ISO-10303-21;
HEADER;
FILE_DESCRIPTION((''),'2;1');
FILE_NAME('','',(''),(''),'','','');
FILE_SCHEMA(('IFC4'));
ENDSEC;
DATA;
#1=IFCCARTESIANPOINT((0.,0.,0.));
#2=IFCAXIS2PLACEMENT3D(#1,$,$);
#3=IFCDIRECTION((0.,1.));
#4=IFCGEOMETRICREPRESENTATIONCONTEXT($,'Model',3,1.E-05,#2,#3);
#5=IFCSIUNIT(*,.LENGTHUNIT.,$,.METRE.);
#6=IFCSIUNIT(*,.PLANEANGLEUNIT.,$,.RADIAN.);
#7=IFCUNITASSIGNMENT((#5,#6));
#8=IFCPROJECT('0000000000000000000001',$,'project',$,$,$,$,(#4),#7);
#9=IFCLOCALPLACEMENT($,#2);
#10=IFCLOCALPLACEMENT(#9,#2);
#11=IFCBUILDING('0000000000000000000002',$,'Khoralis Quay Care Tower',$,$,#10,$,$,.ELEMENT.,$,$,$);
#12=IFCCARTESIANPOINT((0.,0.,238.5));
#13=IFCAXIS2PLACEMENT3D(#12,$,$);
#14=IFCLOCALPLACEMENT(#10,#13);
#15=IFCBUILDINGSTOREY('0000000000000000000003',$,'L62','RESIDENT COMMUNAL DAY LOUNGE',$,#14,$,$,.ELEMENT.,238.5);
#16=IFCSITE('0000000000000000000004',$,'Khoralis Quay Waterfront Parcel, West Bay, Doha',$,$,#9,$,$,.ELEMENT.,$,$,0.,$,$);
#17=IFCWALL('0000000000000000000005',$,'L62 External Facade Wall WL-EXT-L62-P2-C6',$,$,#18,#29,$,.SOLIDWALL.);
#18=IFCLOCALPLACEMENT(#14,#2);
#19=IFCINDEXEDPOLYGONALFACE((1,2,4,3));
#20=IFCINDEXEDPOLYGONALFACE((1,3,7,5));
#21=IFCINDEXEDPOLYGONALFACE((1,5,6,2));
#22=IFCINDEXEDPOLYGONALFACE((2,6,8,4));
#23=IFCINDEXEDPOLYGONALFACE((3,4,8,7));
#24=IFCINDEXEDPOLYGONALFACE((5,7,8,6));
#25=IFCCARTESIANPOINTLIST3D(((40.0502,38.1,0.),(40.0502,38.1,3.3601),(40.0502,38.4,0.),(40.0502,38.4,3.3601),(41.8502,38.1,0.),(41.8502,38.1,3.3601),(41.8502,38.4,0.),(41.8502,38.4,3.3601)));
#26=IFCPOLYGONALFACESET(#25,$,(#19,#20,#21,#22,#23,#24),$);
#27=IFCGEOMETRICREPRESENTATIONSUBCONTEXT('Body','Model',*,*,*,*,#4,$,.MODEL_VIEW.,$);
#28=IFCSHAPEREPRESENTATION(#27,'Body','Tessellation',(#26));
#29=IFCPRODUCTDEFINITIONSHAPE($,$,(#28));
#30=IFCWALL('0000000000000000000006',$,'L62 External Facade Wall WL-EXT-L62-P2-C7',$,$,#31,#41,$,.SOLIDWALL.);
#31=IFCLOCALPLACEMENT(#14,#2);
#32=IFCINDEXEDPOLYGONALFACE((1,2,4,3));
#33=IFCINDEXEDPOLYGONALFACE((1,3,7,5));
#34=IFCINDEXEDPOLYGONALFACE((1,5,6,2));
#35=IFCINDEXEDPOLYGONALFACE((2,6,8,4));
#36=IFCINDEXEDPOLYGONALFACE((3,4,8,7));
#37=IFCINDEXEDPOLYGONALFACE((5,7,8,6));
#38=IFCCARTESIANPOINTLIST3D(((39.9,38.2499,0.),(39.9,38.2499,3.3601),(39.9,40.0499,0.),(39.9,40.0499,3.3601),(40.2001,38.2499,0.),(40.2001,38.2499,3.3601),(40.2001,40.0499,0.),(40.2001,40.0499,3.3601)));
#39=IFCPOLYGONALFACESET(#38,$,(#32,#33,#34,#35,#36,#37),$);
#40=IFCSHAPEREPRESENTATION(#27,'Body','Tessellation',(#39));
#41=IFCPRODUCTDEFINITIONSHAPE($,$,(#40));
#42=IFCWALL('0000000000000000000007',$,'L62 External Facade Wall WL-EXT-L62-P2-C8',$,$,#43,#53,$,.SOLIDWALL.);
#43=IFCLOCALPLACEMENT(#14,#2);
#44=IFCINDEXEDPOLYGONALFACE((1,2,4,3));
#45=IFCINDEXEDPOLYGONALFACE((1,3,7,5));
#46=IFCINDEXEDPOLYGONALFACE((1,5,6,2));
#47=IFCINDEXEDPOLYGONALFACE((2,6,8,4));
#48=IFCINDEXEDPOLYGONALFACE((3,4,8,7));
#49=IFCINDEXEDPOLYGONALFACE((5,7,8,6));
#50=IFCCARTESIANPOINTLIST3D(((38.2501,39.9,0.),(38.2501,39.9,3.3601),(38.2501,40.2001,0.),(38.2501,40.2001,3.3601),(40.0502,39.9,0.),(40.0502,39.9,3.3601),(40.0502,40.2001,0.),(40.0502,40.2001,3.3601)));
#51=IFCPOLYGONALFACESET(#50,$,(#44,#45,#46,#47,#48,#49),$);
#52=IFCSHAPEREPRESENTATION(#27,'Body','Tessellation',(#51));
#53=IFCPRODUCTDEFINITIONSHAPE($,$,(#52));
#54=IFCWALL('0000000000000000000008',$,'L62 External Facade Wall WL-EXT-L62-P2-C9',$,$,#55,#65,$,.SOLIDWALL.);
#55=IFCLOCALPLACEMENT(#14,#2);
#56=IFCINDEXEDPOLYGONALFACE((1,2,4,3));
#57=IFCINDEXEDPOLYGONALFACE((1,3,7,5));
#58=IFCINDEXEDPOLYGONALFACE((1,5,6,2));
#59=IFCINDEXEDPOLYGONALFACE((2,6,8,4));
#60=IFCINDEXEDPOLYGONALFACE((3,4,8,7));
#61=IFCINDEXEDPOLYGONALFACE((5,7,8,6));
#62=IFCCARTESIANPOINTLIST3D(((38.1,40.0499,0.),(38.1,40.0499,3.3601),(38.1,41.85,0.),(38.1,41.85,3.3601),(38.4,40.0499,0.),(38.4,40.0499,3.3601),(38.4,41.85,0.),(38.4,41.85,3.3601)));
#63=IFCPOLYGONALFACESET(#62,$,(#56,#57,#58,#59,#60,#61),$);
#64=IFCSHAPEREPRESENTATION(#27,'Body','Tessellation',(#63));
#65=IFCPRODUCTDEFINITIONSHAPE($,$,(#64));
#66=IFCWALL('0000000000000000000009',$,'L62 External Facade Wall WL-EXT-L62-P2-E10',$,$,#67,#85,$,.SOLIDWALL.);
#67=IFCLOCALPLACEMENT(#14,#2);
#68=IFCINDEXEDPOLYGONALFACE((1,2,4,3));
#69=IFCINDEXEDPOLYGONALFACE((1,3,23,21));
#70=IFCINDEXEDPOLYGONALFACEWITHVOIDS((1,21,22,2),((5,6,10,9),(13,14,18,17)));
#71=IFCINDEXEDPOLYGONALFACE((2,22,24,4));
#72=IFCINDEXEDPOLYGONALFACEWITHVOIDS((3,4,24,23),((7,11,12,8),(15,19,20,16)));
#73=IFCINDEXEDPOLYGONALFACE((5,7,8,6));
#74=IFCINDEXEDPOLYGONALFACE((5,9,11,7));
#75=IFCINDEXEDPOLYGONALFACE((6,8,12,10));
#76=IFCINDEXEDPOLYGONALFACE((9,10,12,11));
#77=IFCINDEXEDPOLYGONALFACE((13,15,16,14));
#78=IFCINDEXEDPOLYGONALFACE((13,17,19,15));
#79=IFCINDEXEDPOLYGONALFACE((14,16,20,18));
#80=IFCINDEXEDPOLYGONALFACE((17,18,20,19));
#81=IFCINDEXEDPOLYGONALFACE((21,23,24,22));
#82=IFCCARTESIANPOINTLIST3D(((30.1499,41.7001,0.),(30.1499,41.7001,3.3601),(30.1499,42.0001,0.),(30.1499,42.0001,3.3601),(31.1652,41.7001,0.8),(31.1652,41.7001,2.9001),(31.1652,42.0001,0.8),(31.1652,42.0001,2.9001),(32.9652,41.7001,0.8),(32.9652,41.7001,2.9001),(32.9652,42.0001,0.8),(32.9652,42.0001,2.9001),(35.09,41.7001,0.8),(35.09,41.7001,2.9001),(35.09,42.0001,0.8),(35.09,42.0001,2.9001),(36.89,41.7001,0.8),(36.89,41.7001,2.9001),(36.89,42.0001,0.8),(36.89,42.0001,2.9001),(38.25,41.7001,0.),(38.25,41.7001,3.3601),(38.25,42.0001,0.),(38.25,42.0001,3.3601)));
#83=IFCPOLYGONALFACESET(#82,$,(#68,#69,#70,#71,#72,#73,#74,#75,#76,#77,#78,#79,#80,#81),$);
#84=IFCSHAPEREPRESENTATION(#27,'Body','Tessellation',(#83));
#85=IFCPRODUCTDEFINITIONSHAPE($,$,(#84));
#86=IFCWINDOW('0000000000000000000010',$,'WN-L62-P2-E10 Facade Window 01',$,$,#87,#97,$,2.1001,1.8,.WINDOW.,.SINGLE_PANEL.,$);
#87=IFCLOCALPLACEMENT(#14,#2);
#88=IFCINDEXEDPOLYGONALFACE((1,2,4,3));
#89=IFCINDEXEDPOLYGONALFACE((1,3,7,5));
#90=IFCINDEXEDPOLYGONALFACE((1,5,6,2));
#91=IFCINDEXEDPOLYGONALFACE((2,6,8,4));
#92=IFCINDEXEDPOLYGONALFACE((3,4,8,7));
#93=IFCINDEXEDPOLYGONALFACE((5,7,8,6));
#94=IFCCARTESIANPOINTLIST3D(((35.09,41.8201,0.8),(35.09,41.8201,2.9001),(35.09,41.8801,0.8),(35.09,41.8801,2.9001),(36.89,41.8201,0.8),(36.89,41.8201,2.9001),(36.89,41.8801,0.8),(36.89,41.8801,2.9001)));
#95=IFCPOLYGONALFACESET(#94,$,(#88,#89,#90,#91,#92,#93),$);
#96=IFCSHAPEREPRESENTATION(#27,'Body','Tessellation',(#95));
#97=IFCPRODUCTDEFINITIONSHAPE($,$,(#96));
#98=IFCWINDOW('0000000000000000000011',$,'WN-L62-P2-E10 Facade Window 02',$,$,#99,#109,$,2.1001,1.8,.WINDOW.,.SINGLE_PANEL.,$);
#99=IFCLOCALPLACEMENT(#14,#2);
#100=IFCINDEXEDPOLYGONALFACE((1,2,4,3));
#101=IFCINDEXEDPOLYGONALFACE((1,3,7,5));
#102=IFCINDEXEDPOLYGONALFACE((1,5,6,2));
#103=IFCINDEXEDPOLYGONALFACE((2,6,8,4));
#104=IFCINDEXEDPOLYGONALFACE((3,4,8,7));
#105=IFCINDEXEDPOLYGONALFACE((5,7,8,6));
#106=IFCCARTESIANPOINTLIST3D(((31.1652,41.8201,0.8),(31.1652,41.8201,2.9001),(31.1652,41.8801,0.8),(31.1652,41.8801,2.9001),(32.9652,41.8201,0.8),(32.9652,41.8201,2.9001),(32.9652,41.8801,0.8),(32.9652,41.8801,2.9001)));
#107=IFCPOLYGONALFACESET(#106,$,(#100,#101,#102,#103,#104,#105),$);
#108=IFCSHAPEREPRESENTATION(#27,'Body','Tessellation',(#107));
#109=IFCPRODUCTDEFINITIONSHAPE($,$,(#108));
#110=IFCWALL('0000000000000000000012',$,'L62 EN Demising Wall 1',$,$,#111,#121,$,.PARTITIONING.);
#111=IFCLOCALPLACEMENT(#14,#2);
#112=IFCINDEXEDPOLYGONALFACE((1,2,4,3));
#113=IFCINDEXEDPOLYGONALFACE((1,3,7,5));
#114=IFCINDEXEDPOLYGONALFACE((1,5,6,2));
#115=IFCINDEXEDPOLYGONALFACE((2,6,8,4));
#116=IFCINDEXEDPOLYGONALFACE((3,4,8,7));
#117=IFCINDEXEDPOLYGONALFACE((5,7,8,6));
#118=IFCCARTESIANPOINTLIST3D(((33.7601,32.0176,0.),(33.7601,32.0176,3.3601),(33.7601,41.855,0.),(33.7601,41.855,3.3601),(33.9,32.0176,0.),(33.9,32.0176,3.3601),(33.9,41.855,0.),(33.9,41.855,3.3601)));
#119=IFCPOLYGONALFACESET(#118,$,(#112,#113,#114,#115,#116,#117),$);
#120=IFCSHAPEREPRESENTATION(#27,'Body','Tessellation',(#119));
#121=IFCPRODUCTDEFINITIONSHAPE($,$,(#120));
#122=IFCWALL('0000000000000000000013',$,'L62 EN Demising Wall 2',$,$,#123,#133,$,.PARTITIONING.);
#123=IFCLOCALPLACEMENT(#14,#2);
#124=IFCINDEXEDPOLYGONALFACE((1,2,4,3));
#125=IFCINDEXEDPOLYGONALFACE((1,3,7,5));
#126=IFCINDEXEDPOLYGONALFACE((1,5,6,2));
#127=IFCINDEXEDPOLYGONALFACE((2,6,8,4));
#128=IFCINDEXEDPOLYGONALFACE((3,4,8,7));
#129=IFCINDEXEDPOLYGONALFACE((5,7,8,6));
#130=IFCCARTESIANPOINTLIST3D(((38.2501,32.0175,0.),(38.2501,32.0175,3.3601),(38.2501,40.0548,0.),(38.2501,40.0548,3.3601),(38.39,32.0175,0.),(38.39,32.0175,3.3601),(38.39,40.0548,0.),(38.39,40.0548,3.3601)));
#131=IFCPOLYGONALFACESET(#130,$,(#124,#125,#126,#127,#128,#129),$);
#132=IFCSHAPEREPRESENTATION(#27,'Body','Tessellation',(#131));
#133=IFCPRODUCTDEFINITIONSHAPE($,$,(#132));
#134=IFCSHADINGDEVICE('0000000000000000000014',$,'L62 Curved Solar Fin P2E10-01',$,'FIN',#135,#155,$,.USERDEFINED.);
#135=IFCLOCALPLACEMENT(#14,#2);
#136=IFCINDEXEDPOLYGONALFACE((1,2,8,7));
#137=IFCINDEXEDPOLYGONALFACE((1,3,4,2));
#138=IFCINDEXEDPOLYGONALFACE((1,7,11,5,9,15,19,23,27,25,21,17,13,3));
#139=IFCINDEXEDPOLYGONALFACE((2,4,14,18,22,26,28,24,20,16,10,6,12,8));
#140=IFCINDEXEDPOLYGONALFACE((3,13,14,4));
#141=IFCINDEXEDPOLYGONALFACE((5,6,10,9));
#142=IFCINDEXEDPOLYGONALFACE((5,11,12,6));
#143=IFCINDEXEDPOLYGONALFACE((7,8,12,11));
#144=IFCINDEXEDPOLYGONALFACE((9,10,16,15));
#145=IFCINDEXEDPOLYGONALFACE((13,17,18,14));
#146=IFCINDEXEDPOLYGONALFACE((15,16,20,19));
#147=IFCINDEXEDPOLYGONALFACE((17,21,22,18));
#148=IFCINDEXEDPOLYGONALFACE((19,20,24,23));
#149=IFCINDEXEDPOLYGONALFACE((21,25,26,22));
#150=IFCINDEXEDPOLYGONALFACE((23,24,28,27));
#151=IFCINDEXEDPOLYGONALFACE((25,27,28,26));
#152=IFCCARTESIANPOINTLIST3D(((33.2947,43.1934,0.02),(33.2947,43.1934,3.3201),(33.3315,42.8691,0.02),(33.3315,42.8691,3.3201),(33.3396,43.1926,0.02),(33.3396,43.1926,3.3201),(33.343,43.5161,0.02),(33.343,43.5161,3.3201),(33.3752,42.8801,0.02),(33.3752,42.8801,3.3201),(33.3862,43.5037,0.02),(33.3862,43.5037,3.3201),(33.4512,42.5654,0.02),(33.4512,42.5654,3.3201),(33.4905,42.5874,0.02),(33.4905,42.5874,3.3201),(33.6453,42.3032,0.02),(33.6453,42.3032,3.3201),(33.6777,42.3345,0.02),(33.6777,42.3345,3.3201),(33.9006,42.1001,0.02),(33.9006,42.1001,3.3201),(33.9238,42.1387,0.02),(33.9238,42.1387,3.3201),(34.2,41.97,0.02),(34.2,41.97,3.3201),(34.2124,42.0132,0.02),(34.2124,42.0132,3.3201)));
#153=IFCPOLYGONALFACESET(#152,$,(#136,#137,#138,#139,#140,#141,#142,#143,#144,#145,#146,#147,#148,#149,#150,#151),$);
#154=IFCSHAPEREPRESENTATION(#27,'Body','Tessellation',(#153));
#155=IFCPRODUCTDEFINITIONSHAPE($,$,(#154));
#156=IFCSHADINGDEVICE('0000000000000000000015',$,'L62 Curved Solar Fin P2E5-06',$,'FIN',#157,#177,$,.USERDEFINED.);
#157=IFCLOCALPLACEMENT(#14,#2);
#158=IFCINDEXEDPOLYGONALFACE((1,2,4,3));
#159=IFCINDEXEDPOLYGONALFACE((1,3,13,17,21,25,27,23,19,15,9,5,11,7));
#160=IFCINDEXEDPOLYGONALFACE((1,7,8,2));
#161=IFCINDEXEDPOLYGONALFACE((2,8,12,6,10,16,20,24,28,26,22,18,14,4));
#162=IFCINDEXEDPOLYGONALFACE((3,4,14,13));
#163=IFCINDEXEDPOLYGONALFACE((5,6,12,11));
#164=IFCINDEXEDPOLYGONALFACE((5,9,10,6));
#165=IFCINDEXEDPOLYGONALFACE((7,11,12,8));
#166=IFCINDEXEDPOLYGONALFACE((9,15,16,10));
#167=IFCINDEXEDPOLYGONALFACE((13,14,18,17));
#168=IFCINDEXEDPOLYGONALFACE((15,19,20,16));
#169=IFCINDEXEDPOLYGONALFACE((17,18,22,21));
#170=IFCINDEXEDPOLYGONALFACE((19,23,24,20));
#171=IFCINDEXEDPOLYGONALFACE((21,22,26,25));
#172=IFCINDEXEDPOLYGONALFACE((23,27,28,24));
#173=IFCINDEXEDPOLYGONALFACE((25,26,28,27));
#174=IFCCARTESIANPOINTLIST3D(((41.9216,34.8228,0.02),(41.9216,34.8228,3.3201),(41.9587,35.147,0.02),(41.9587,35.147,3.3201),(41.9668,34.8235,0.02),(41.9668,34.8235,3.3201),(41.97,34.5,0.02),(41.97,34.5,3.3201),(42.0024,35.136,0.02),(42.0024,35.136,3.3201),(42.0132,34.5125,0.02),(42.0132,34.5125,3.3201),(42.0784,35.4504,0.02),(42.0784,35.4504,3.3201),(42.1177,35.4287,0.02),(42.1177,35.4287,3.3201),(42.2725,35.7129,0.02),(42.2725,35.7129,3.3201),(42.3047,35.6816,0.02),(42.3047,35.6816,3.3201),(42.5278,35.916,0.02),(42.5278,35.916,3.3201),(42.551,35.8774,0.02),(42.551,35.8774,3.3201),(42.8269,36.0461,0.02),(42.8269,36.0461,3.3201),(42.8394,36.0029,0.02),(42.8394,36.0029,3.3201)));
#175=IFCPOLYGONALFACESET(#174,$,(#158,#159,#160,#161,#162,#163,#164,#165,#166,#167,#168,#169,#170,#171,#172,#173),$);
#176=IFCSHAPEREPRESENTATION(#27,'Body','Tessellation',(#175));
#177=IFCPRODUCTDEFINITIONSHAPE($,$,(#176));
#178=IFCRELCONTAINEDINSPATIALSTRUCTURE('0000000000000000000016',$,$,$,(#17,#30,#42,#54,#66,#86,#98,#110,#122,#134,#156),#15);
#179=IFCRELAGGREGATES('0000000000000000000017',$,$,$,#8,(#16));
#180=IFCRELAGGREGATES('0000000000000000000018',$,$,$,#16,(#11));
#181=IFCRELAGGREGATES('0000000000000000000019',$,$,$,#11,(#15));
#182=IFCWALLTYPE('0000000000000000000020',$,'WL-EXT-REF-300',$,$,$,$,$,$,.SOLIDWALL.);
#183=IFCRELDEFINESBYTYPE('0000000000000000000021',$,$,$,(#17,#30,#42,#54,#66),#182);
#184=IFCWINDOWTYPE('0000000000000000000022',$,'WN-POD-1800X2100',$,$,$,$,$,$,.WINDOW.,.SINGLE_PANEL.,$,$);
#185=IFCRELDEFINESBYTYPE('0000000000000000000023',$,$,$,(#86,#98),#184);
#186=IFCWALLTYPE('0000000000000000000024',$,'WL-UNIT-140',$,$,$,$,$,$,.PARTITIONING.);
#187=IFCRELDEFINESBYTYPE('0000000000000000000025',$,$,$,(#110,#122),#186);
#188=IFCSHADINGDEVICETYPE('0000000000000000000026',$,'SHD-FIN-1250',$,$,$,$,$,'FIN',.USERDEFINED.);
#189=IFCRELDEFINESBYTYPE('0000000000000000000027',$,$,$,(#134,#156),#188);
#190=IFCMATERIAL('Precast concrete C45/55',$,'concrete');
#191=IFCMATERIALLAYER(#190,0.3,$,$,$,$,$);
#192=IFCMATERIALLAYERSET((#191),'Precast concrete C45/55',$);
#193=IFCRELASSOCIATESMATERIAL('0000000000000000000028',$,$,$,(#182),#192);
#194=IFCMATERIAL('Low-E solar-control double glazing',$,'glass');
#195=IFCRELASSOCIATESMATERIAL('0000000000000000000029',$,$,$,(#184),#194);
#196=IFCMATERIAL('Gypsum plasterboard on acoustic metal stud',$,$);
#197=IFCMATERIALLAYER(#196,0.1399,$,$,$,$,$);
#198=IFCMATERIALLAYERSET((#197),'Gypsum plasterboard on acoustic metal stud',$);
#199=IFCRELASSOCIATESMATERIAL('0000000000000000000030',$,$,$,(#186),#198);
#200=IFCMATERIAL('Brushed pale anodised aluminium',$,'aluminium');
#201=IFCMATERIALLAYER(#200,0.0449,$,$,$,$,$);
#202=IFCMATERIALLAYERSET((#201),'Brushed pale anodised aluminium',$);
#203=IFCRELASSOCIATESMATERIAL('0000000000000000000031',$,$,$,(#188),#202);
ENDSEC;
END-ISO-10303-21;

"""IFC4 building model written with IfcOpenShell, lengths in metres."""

from ifc_helpers import new_model, si_unit, direction, frame, frame_2d, origin, place, context, subcontext, project, spatial, polyline, rectangle, outline, extrude, source, transform, mapped, material, layer, layer_set, type_object, element, fill, save


model = new_model("IFC4")

# Units and contexts
model_context = context("Model", 3, precision=1e-05, world=origin(), true_north=direction((0.0, 1.0)))
body_context = subcontext(model_context, "Body", "Model", "MODEL_VIEW")
ifc_project = project(units=[si_unit("LENGTHUNIT", "METRE"), si_unit("PLANEANGLEUNIT", "RADIAN")], contexts=[model_context])

# Site, building, storey
site_placement = place(None, origin())
site = spatial("IfcSite", under=ifc_project, at=site_placement, Name="Khoralis Quay Waterfront Parcel, West Bay, Doha", CompositionType="ELEMENT", RefElevation=0.0)
building_placement = place(site_placement, origin())
building = spatial("IfcBuilding", under=site, at=building_placement, Name="Khoralis Quay Care Tower", CompositionType="ELEMENT")
storey_placement = place(building_placement, frame((0.0, 0.0, 238.5)))
storey = spatial("IfcBuildingStorey", under=building, at=storey_placement, Name="L62", Description="RESIDENT COMMUNAL DAY LOUNGE", CompositionType="ELEMENT", Elevation=238.5)

# Shared definitions
ifc_material_1 = material(Name="Gypsum plasterboard on acoustic metal stud")

# Walls
ifc_material_2 = material(Name="Precast concrete C45/55", Category="concrete")
ifc_layer_1 = layer(ifc_material_2, 0.3)
ifc_layer_set_1 = layer_set([ifc_layer_1], Name="Precast concrete C45/55")
wall_type_1 = type_object("IfcWallType", Name="WL-EXT-REF-300", PredefinedType="SOLIDWALL", material=ifc_layer_set_1)
for number, where, z_axis, x_axis, name in (
    (1, (41.8501, 38.25, 0.0), (0.0, 0.0, 1.0), (-1.0, 0.0, 0.0), "L62 External Facade Wall WL-EXT-L62-P2-C6"),
    (2, (40.05, 38.25, 0.0), (0.0, 0.0, 1.0), (0.0, 1.0, 0.0), "L62 External Facade Wall WL-EXT-L62-P2-C7"),
    (3, (40.05, 40.05, 0.0), (0.0, 0.0, 1.0), (-1.0, 0.0, 0.0), "L62 External Facade Wall WL-EXT-L62-P2-C8"),
    (4, (38.25, 40.05, 0.0), (0.0, 0.0, 1.0), (0.0, 1.0, 0.0), "L62 External Facade Wall WL-EXT-L62-P2-C9"),
):
    element("IfcWall", number, at=place(storey_placement, frame(where, z_axis=z_axis, x_axis=x_axis)), inside=storey, type_object=wall_type_1, Name=name, PredefinedType="SOLIDWALL", context=body_context, shape_type="SweptSolid", body=[
        extrude(rectangle(XDim=1.8, YDim=0.3, at=frame_2d((0.8999, 0.0))), origin(), (0.0, 0.0, 1.0), 3.3601),
    ])

# Wall, openings, windows
wall_1_placement = place(storey_placement, frame((38.25, 41.8501, 0.0), z_axis=(0.0, 0.0, 1.0), x_axis=(-1.0, 0.0, 0.0)))
wall_1 = element("IfcWall", 5, at=wall_1_placement, inside=storey, type_object=wall_type_1, Name="L62 External Facade Wall WL-EXT-L62-P2-E10", PredefinedType="SOLIDWALL", context=body_context, shape_type="SweptSolid", body=[
    extrude(rectangle(XDim=8.1001, YDim=0.3, at=frame_2d((4.05, 0.0))), origin(), (0.0, 0.0, 1.0), 3.3601),
])
opening_1_placement = place(wall_1_placement, frame((1.3601, 0.0, 0.8)))
opening_1 = element("IfcOpeningElement", 6, at=opening_1_placement, cuts=wall_1, PredefinedType="OPENING", context=body_context, shape_type="SweptSolid", body=[
    extrude(rectangle(XDim=1.8, YDim=2.1001, at=frame_2d((0.8999, 1.05))), frame((0.0, 0.1602, 0.0), z_axis=(0.0, -1.0, 0.0), x_axis=(1.0, 0.0, 0.0)), (0.0, 0.0, 1.0), 0.3201),
])
opening_2_placement = place(wall_1_placement, frame((5.2849, 0.0, 0.8)))
opening_2 = element("IfcOpeningElement", 7, at=opening_2_placement, cuts=wall_1, PredefinedType="OPENING", context=body_context, shape_type="SweptSolid", body=[
    extrude(rectangle(XDim=1.8, YDim=2.1001, at=frame_2d((0.8999, 1.05))), frame((0.0, 0.1602, 0.0), z_axis=(0.0, -1.0, 0.0), x_axis=(1.0, 0.0, 0.0)), (0.0, 0.0, 1.0), 0.3201),
])
ifc_material_3 = material(Name="Low-E solar-control double glazing", Category="glass")
window_type = type_object("IfcWindowType", Name="WN-POD-1800X2100", PartitioningType="SINGLE_PANEL", PredefinedType="WINDOW", material=ifc_material_3)
shared_shape_1 = source(origin(), body_context, "Body", "SweptSolid", [
    extrude(rectangle(XDim=1.8, YDim=2.1001, at=frame_2d((0.8999, 1.05))), frame((0.0, 0.03, 0.0), z_axis=(0.0, -1.0, 0.0), x_axis=(1.0, 0.0, 0.0)), (0.0, 0.0, 1.0), 0.0601),
])
window_1_placement = place(opening_1_placement, origin())
window_1 = element("IfcWindow", 8, at=window_1_placement, inside=storey, type_object=window_type, Name="WN-L62-P2-E10 Facade Window 01", OverallHeight=2.1001, OverallWidth=1.8, PartitioningType="SINGLE_PANEL", PredefinedType="WINDOW", context=body_context, shape_type="MappedRepresentation", body=[
    mapped(shared_shape_1, transform((0.0, 0.0, 0.0), scale=1.0)),
])
fill(opening_1, window_1)
window_2_placement = place(opening_2_placement, origin())
window_2 = element("IfcWindow", 9, at=window_2_placement, inside=storey, type_object=window_type, Name="WN-L62-P2-E10 Facade Window 02", OverallHeight=2.1001, OverallWidth=1.8, PartitioningType="SINGLE_PANEL", PredefinedType="WINDOW", context=body_context, shape_type="MappedRepresentation", body=[
    mapped(shared_shape_1, transform((0.0, 0.0, 0.0), scale=1.0)),
])
fill(opening_2, window_2)

# Walls
ifc_layer_2 = layer(ifc_material_1, 0.1399)
ifc_layer_set_2 = layer_set([ifc_layer_2], Name="Gypsum plasterboard on acoustic metal stud")
wall_type_2 = type_object("IfcWallType", Name="WL-UNIT-140", PredefinedType="PARTITIONING", material=ifc_layer_set_2)
wall_2_placement = place(storey_placement, frame((33.8301, 32.0176, 0.0), z_axis=(0.0, 0.0, 1.0), x_axis=(0.0, 1.0, 0.0)))
element("IfcWall", 10, at=wall_2_placement, inside=storey, type_object=wall_type_2, Name="L62 EN Demising Wall 1", PredefinedType="PARTITIONING", context=body_context, shape_type="SweptSolid", body=[
    extrude(rectangle(XDim=9.8374, YDim=0.1399, at=frame_2d((4.9187, 0.0))), origin(), (0.0, 0.0, 1.0), 3.3601),
])
wall_3_placement = place(storey_placement, frame((38.3201, 32.0176, 0.0), z_axis=(0.0, 0.0, 1.0), x_axis=(0.0, 1.0, 0.0)))
element("IfcWall", 11, at=wall_3_placement, inside=storey, type_object=wall_type_2, Name="L62 EN Demising Wall 2", PredefinedType="PARTITIONING", context=body_context, shape_type="SweptSolid", body=[
    extrude(rectangle(XDim=8.0374, YDim=0.1399, at=frame_2d((4.0186, 0.0))), origin(), (0.0, 0.0, 1.0), 3.3601),
])

# Shading devices
ifc_material_4 = material(Name="Brushed pale anodised aluminium", Category="aluminium")
ifc_layer_3 = layer(ifc_material_4, 0.0449)
ifc_layer_set_3 = layer_set([ifc_layer_3], Name="Brushed pale anodised aluminium")
shading_device_type = type_object("IfcShadingDeviceType", Name="SHD-FIN-1250", ElementType="FIN", PredefinedType="USERDEFINED", material=ifc_layer_set_3)
shared_shape_2 = source(origin(), body_context, "Body", "SweptSolid", [
    extrude(outline(polyline([(0.0, 0.0), (0.1301, 0.2993), (0.3333, 0.5547), (0.5955, 0.7488), (0.8992, 0.8684), (1.2234, 0.9053), (1.5461, 0.8569), (1.5337, 0.8137), (1.2227, 0.8604), (0.9102, 0.8247), (0.6174, 0.7095), (0.3645, 0.5222), (0.1687, 0.2761), (0.0432, -0.0125), (0.0, 0.0)])), origin(), (0.0, 0.0, 1.0), 3.3),
])
shading_device_1_placement = place(storey_placement, frame((34.2, 41.97, 0.02), z_axis=(0.0, 0.0, 1.0), x_axis=(0.0, 1.0, 0.0)))
element("IfcShadingDevice", 12, at=shading_device_1_placement, inside=storey, type_object=shading_device_type, Name="L62 Curved Solar Fin P2E10-01", ObjectType="FIN", PredefinedType="USERDEFINED", context=body_context, shape_type="MappedRepresentation", body=[
    mapped(shared_shape_2, transform((0.0, 0.0, 0.0), scale=1.0)),
])
shared_shape_3 = source(origin(), body_context, "Body", "SweptSolid", [
    extrude(outline(polyline([(0.0, 0.0), (-0.0483, 0.3228), (-0.0112, 0.647), (0.1084, 0.9504), (0.3025, 1.2129), (0.5579, 1.416), (0.8569, 1.5461), (0.8694, 1.5029), (0.5811, 1.3774), (0.3347, 1.1816), (0.1477, 0.9287), (0.0325, 0.636), (-0.0032, 0.3235), (0.0432, 0.0125), (0.0, 0.0)])), origin(), (0.0, 0.0, 1.0), 3.3),
])
shading_device_2_placement = place(storey_placement, frame((41.97, 34.5, 0.02), z_axis=(0.0, 0.0, 1.0), x_axis=(1.0, 0.0, 0.0)))
element("IfcShadingDevice", 13, at=shading_device_2_placement, inside=storey, type_object=shading_device_type, Name="L62 Curved Solar Fin P2E5-06", ObjectType="FIN", PredefinedType="USERDEFINED", context=body_context, shape_type="MappedRepresentation", body=[
    mapped(shared_shape_3, transform((0.0, 0.0, 0.0), scale=1.0)),
])

save(model, "model.ifc")
